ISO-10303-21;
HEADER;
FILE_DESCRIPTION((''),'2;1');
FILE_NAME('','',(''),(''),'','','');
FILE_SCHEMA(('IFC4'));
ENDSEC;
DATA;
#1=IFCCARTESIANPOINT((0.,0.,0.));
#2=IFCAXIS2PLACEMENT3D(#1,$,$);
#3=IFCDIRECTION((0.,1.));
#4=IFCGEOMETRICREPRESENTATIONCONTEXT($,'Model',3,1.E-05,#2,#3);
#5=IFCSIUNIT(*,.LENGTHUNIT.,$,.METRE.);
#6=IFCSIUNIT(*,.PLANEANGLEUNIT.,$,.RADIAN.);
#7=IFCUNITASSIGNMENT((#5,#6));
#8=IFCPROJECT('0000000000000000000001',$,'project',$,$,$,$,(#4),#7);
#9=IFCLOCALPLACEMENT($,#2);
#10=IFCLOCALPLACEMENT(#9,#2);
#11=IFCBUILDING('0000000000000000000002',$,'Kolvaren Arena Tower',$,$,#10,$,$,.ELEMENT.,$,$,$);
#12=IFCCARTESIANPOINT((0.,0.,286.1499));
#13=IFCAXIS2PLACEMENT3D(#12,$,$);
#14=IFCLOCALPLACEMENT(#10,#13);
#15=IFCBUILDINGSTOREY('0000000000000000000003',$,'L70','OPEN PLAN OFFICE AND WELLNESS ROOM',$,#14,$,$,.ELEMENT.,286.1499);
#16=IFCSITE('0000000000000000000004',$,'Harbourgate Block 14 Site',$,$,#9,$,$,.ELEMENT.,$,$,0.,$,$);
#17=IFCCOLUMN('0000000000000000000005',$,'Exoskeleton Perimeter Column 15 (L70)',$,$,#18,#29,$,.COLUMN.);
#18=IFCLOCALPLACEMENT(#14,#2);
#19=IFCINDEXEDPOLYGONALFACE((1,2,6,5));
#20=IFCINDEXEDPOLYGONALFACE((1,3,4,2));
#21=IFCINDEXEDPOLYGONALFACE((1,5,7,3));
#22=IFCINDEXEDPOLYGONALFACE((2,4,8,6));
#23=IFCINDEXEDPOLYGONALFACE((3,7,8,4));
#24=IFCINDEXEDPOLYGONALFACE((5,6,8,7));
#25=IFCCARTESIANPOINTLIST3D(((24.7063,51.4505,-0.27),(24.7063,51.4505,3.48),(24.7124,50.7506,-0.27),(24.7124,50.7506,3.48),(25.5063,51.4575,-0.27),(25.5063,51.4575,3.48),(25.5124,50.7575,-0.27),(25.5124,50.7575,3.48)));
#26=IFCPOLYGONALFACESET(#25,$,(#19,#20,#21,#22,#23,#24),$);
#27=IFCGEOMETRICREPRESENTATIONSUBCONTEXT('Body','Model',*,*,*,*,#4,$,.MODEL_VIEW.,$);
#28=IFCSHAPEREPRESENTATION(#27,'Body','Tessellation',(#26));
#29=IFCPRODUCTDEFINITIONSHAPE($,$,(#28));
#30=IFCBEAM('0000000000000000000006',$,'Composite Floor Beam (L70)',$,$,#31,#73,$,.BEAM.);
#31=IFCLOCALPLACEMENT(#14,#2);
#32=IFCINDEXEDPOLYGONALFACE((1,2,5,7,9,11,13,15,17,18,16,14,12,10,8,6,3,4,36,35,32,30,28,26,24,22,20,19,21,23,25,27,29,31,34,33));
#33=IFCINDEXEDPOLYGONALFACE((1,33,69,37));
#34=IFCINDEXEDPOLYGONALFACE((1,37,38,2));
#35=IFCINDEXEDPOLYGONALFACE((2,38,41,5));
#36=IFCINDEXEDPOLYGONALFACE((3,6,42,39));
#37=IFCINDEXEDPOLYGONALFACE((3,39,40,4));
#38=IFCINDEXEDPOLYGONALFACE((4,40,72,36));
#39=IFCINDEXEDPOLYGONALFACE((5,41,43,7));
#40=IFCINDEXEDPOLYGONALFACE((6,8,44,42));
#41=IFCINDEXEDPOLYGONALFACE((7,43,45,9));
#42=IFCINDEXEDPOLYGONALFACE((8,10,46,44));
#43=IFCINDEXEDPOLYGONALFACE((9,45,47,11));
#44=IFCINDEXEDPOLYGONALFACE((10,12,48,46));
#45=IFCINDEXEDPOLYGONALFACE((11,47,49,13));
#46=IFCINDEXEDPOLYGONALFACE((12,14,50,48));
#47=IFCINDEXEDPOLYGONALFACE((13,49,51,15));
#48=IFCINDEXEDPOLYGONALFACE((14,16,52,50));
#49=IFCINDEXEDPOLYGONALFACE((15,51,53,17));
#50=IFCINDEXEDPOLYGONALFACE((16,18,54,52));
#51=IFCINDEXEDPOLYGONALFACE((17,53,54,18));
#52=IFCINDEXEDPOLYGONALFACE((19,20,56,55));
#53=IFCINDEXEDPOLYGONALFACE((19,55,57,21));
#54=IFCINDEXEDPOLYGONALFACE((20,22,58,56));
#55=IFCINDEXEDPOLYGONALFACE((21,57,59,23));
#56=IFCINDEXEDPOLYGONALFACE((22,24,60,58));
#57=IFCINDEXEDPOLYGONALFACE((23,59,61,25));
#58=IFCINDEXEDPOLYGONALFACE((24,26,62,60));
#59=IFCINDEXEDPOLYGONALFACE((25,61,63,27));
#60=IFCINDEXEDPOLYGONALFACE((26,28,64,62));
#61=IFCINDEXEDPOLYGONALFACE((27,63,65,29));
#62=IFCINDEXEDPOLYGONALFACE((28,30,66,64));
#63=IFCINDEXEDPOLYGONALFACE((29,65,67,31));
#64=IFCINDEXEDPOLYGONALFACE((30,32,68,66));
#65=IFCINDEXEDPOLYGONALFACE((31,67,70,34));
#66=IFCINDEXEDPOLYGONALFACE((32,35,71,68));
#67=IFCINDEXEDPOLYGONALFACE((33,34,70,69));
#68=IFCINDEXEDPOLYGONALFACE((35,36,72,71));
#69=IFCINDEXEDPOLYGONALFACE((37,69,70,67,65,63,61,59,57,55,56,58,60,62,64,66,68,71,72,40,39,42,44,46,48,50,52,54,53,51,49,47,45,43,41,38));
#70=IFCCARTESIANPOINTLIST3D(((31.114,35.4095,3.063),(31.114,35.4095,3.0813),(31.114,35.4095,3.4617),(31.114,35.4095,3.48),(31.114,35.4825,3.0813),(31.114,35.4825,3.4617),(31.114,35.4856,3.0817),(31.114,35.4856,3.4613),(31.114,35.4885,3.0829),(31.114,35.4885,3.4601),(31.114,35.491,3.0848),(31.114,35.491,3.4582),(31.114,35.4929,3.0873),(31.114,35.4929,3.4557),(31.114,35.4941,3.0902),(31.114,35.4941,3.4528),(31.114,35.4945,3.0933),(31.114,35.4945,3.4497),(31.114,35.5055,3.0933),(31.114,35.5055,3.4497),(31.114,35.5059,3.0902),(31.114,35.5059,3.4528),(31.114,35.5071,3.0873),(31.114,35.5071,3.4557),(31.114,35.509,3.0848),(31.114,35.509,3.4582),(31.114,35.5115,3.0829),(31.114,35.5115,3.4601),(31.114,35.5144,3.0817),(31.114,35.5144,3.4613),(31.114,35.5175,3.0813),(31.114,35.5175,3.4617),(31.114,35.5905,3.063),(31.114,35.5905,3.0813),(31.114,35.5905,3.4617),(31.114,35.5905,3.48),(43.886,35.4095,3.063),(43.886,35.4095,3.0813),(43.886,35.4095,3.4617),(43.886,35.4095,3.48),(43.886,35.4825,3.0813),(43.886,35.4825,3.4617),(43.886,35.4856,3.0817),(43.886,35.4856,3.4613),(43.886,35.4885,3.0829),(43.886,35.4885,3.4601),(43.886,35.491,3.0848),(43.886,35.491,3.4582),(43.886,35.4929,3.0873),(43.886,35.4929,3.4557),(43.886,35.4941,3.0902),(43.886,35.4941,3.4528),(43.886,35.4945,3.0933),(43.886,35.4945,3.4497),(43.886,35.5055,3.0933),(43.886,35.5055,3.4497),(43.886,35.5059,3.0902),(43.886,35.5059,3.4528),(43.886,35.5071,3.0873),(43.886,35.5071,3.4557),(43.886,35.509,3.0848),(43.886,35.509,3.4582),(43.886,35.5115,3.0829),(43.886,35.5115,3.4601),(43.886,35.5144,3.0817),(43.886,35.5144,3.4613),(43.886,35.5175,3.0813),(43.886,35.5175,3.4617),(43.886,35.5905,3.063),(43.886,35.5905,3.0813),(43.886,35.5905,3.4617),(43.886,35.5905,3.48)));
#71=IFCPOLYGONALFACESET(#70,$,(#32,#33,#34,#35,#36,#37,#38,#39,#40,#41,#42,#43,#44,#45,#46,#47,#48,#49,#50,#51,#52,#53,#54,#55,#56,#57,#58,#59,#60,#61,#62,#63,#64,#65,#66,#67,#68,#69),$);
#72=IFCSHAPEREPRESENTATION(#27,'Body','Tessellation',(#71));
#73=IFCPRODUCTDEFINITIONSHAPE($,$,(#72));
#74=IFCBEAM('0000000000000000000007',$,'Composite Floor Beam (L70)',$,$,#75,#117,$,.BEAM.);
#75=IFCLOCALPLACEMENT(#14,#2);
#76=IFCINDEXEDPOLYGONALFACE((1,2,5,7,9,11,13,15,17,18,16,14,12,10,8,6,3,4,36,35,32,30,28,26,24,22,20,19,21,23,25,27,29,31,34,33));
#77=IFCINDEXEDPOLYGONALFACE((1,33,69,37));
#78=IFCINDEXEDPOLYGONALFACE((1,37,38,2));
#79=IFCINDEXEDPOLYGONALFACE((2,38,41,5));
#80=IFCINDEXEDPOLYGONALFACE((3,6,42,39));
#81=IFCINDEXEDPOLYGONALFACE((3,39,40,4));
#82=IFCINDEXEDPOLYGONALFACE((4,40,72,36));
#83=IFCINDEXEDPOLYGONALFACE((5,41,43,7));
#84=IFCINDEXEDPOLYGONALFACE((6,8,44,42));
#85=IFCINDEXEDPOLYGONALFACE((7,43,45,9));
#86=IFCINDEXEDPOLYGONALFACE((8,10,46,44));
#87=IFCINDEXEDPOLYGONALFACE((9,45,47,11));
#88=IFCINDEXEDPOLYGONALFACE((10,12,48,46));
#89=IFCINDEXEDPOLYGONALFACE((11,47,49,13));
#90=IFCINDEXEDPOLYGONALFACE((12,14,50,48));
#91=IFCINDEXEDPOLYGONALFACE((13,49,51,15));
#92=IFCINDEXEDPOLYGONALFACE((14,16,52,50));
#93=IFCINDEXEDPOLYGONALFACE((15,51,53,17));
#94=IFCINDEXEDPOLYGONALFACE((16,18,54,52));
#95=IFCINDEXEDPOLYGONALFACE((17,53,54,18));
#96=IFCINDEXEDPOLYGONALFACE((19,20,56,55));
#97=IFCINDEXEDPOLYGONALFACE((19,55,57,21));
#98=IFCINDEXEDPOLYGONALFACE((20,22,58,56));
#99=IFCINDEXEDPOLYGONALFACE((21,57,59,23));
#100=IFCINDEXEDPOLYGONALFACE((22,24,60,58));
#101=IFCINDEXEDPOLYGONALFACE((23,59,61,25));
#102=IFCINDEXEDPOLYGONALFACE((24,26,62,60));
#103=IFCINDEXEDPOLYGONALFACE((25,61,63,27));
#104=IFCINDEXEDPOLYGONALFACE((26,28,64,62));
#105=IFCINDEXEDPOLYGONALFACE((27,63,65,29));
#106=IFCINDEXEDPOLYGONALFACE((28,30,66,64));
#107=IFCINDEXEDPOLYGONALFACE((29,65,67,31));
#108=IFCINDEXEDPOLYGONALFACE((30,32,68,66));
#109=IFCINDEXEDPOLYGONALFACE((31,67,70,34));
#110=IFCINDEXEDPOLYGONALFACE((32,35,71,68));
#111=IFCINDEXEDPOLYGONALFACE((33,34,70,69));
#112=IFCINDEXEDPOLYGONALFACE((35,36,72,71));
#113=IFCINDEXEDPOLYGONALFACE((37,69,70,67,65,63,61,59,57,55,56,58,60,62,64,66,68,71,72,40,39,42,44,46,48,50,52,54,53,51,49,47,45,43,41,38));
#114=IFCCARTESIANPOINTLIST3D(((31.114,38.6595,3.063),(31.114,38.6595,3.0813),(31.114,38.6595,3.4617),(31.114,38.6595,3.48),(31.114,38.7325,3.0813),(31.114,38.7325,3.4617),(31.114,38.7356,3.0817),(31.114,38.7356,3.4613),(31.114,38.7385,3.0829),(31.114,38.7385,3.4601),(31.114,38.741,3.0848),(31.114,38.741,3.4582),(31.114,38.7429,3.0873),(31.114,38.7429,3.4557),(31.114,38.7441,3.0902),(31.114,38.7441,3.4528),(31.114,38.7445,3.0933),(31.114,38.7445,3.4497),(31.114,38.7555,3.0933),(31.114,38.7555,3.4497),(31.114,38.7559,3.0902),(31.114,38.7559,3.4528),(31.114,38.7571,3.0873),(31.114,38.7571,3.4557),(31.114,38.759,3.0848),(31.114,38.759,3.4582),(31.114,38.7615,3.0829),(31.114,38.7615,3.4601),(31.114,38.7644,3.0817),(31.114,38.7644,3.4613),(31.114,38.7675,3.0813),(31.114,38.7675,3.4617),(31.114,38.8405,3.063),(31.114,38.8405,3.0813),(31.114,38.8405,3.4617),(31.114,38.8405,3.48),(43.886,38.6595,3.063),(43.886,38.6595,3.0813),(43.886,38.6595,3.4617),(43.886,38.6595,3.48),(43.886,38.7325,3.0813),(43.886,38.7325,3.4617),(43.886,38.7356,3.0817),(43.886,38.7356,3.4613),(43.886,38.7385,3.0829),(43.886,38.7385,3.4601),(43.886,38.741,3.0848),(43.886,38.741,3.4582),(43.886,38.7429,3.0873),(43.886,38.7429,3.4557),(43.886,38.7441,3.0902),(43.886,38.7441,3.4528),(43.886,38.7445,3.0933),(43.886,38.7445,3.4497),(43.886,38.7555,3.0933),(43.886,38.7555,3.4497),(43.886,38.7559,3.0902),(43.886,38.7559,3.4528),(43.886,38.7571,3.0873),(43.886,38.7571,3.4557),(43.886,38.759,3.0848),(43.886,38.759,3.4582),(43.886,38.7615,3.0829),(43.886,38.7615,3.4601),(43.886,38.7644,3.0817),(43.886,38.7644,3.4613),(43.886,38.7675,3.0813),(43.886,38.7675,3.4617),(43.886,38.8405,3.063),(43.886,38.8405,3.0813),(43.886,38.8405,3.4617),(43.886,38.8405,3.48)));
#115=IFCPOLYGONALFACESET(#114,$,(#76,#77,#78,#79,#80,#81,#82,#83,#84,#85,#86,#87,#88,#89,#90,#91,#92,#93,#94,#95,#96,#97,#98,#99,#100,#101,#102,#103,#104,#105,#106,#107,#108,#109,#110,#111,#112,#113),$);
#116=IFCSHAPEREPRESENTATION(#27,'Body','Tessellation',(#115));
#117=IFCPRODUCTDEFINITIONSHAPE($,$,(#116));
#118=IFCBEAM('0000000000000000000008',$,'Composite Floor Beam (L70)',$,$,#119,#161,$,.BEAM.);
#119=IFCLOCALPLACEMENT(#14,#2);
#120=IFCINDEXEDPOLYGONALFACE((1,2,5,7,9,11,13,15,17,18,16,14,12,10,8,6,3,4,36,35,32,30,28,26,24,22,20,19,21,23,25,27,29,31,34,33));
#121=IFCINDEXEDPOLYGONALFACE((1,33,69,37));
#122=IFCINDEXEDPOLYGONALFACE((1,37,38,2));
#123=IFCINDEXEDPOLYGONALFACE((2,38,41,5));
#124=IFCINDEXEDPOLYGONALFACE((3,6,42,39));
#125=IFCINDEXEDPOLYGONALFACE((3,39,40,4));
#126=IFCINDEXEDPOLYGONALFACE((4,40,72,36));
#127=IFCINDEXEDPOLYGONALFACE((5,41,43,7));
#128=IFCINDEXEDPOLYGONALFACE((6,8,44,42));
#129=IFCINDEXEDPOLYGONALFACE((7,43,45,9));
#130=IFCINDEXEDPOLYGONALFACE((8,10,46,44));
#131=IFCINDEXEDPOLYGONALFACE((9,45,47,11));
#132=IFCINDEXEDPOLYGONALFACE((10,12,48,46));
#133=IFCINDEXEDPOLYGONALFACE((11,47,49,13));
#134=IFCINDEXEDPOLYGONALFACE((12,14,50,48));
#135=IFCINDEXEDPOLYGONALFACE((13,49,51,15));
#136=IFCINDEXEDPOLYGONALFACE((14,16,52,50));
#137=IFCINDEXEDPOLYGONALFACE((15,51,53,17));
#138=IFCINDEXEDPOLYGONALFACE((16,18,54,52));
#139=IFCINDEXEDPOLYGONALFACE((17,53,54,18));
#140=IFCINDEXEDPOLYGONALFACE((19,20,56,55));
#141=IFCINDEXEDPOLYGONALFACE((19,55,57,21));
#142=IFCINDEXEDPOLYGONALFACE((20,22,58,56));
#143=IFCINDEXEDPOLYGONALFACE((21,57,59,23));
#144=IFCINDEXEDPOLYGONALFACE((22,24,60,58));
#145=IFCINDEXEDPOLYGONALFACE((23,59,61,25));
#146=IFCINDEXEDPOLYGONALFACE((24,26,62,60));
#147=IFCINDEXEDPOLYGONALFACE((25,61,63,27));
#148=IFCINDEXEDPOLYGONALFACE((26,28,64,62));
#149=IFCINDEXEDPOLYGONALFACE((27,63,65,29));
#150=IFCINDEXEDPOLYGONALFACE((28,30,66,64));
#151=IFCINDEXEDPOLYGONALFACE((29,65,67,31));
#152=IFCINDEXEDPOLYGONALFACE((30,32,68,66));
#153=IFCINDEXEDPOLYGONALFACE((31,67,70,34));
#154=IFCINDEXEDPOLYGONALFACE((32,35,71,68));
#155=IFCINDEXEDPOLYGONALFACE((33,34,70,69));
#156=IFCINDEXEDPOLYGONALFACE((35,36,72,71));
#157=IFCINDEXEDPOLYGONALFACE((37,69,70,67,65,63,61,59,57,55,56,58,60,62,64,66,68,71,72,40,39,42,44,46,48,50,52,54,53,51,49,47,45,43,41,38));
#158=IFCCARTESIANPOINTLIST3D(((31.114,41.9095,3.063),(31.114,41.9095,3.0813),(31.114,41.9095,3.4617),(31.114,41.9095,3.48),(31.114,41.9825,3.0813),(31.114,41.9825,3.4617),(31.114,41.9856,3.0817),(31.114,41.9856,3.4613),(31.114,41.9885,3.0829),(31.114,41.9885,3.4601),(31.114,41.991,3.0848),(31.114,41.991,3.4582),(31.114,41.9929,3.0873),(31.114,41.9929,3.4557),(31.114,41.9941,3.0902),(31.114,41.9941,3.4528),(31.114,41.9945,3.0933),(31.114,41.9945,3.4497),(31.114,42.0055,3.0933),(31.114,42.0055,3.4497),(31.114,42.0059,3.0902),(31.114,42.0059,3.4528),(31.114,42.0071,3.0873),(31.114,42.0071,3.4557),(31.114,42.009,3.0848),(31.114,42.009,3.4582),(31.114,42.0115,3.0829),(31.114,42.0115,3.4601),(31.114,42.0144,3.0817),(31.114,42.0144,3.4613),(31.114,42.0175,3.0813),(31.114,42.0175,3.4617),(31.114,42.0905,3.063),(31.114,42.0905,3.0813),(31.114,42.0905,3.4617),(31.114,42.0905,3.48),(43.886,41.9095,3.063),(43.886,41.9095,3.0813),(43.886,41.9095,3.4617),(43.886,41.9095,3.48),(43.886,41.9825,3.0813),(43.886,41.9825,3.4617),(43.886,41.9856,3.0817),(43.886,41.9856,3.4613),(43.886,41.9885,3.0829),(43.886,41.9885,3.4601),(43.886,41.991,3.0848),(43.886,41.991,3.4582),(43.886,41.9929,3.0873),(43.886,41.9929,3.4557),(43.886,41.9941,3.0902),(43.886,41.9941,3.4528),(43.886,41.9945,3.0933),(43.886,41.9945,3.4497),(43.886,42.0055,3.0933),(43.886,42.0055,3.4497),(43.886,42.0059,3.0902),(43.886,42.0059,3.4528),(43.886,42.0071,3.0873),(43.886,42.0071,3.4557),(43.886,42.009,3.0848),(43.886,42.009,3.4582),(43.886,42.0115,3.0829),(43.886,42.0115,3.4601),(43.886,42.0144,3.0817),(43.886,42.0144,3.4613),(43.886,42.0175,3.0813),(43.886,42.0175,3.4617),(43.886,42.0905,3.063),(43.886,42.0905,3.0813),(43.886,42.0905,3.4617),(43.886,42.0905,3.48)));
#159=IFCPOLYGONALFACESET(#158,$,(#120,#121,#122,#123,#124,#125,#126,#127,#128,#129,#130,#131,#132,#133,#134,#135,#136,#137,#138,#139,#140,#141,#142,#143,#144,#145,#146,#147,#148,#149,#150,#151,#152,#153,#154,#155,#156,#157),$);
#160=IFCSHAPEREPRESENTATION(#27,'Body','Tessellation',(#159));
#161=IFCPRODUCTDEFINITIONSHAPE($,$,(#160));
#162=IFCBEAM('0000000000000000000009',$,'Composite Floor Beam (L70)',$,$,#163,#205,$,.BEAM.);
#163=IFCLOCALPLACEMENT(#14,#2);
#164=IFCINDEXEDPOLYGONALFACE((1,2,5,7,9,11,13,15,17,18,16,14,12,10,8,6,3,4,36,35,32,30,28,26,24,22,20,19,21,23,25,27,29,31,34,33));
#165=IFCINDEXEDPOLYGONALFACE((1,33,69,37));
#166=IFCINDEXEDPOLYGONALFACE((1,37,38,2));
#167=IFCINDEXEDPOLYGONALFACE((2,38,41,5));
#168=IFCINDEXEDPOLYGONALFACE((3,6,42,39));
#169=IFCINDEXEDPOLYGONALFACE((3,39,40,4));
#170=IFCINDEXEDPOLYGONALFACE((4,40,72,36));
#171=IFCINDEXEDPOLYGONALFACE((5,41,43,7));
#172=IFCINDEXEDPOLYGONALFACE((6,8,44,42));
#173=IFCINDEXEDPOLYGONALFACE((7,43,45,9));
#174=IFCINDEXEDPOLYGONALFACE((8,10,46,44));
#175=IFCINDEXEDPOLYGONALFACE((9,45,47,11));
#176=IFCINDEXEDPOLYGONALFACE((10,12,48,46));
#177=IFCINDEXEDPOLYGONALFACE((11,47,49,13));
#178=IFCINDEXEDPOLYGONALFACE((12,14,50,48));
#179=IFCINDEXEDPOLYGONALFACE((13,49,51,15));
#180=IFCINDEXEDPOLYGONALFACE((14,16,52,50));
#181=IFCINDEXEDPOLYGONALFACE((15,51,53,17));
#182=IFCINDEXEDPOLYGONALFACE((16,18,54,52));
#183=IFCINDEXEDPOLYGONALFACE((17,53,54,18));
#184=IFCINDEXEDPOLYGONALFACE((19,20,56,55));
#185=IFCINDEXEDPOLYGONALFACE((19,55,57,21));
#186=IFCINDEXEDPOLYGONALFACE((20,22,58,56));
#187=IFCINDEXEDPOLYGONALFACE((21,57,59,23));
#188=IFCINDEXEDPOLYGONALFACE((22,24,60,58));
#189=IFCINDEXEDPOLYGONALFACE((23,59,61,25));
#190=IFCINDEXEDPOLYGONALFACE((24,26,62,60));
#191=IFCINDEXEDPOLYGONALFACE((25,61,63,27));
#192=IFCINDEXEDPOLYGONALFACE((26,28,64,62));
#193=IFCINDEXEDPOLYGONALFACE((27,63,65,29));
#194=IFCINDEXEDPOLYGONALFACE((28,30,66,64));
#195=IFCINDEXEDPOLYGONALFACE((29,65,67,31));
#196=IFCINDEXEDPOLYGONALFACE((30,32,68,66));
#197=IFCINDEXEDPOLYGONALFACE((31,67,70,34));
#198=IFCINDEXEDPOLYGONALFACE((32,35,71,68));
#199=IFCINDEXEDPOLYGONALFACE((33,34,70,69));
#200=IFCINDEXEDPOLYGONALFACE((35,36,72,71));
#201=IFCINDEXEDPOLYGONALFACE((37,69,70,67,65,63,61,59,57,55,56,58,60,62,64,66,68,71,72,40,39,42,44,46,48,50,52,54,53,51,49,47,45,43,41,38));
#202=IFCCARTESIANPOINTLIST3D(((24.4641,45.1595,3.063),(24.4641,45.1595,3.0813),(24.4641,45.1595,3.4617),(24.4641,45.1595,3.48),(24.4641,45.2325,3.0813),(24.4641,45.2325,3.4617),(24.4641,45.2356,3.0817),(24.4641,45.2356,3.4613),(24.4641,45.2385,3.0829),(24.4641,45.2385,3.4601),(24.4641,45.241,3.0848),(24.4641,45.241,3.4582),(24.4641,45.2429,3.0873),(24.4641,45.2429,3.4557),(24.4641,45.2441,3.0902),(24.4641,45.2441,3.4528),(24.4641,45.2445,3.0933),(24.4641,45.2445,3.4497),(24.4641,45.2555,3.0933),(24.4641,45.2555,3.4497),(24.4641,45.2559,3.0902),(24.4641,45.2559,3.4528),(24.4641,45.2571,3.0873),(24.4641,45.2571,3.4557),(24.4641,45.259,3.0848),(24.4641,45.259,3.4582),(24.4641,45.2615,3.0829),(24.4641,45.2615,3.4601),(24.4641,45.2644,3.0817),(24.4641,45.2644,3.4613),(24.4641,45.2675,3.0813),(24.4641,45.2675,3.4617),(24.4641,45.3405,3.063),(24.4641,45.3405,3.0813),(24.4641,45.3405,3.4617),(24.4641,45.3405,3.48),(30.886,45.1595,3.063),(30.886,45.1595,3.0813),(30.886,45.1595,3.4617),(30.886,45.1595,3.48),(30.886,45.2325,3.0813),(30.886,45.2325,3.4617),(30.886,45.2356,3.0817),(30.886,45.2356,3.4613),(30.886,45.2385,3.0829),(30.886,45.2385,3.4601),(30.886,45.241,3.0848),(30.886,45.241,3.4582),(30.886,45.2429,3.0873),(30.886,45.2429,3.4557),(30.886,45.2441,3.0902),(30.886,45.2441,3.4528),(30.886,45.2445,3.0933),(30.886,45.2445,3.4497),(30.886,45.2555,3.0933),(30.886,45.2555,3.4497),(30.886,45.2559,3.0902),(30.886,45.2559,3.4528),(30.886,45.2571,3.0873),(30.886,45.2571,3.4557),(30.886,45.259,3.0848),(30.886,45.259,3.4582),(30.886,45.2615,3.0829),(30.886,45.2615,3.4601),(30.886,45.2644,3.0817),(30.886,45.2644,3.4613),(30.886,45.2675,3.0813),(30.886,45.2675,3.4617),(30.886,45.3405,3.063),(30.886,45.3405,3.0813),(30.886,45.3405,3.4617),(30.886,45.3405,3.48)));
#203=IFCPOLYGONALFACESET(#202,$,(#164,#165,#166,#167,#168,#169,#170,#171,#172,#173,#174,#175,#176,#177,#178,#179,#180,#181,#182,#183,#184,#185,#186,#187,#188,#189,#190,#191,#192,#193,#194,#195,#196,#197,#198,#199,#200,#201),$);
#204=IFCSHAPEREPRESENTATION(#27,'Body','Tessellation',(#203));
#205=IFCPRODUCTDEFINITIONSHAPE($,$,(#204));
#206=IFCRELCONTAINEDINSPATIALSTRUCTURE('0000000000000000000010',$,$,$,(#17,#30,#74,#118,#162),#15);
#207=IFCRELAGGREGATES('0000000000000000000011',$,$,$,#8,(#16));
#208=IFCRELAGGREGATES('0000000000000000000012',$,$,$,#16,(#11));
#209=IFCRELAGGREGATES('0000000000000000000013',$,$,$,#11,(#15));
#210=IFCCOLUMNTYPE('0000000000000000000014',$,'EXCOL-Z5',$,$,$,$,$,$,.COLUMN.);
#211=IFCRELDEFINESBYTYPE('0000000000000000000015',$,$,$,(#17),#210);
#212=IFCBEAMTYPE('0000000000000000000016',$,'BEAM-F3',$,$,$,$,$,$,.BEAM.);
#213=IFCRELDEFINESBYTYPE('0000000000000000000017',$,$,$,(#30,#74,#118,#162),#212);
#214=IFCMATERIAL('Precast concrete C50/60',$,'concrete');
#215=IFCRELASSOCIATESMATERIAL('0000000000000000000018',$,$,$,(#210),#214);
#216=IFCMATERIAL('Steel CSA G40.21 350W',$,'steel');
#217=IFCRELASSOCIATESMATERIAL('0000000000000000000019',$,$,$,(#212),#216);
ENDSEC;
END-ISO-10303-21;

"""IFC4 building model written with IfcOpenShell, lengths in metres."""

from ifc_helpers import new_model, si_unit, direction, frame, origin, origin_2d, place, context, subcontext, project, spatial, rectangle, i_section, extrude, material, material_profile, profile_set, type_object, element, save


model = new_model("IFC4")

# Units and contexts
model_context = context("Model", 3, precision=1e-05, world=origin(), true_north=direction((0.0, 1.0)))
body_context = subcontext(model_context, "Body", "Model", "MODEL_VIEW")
ifc_project = project(units=[si_unit("LENGTHUNIT", "METRE"), si_unit("PLANEANGLEUNIT", "RADIAN")], contexts=[model_context])

# Site, building, storey
site_placement = place(None, origin())
site = spatial("IfcSite", under=ifc_project, at=site_placement, Name="Harbourgate Block 14 Site", CompositionType="ELEMENT", RefElevation=0.0)
building_placement = place(site_placement, origin())
building = spatial("IfcBuilding", under=site, at=building_placement, Name="Kolvaren Arena Tower", CompositionType="ELEMENT")
storey_placement = place(building_placement, frame((0.0, 0.0, 286.1499)))
storey = spatial("IfcBuildingStorey", under=building, at=storey_placement, Name="L70", Description="OPEN PLAN OFFICE AND WELLNESS ROOM", CompositionType="ELEMENT", Elevation=286.1499)

# Column
ifc_material_1 = material(Name="Precast concrete C50/60", Category="concrete")
ifc_material_profile_1 = material_profile(ifc_material_1, rectangle(XDim=0.8, YDim=0.7, at=origin_2d()), Name="RC-800x700")
ifc_profile_set_1 = profile_set([ifc_material_profile_1], Name="Precast concrete C50/60")
column_type = type_object("IfcColumnType", Name="EXCOL-Z5", PredefinedType="COLUMN", material=ifc_profile_set_1)
column_placement = place(storey_placement, frame((25.1094, 51.104, -0.27), z_axis=(0.0, 0.0, 1.0), x_axis=(0.999962, 0.008727, 0.0)))
element("IfcColumn", 1, at=column_placement, inside=storey, type_object=column_type, Name="Exoskeleton Perimeter Column 15 (L70)", PredefinedType="COLUMN", context=body_context, shape_type="SweptSolid", body=[
    extrude(rectangle(XDim=0.8, YDim=0.7, at=origin_2d()), origin(), (0.0, 0.0, 1.0), 3.75),
])

# Beams
ifc_material_2 = material(Name="Steel CSA G40.21 350W", Category="steel")
ifc_material_profile_2 = material_profile(ifc_material_2, i_section(OverallWidth=0.1809, OverallDepth=0.417, WebThickness=0.011, FlangeThickness=0.0183, FilletRadius=0.012, at=origin_2d()), Name="W410x85")
ifc_profile_set_2 = profile_set([ifc_material_profile_2], Name="Steel CSA G40.21 350W")
beam_type_1 = type_object("IfcBeamType", Name="BEAM-F3", PredefinedType="BEAM", material=ifc_profile_set_2)
for number, where, z_axis, x_axis, name in (
    (2, (31.114, 35.5, 3.2715), (1.0, 0.0, 0.0), (0.0, 1.0, 0.0), "Composite Floor Beam (L70)"),
    (3, (31.114, 38.75, 3.2715), (1.0, 0.0, 0.0), (0.0, 1.0, 0.0), "Composite Floor Beam (L70)"),
    (4, (31.114, 42.0, 3.2715), (1.0, 0.0, 0.0), (0.0, 1.0, 0.0), "Composite Floor Beam (L70)"),
):
    element("IfcBeam", number, at=place(storey_placement, frame(where, z_axis=z_axis, x_axis=x_axis)), inside=storey, type_object=beam_type_1, Name=name, PredefinedType="BEAM", context=body_context, shape_type="SweptSolid", body=[
        extrude(i_section(OverallWidth=0.1809, OverallDepth=0.417, WebThickness=0.011, FlangeThickness=0.0183, FilletRadius=0.012, at=origin_2d()), origin(), (0.0, 0.0, 1.0), 12.772),
    ])
beam_1_placement = place(storey_placement, frame((24.4641, 45.25, 3.2715), z_axis=(1.0, 0.0, 0.0), x_axis=(0.0, 1.0, 0.0)))
element("IfcBeam", 5, at=beam_1_placement, inside=storey, type_object=beam_type_1, Name="Composite Floor Beam (L70)", PredefinedType="BEAM", context=body_context, shape_type="SweptSolid", body=[
    extrude(i_section(OverallWidth=0.1809, OverallDepth=0.417, WebThickness=0.011, FlangeThickness=0.0183, FilletRadius=0.012, at=origin_2d()), origin(), (0.0, 0.0, 1.0), 6.4219),
])

save(model, "model.ifc")
